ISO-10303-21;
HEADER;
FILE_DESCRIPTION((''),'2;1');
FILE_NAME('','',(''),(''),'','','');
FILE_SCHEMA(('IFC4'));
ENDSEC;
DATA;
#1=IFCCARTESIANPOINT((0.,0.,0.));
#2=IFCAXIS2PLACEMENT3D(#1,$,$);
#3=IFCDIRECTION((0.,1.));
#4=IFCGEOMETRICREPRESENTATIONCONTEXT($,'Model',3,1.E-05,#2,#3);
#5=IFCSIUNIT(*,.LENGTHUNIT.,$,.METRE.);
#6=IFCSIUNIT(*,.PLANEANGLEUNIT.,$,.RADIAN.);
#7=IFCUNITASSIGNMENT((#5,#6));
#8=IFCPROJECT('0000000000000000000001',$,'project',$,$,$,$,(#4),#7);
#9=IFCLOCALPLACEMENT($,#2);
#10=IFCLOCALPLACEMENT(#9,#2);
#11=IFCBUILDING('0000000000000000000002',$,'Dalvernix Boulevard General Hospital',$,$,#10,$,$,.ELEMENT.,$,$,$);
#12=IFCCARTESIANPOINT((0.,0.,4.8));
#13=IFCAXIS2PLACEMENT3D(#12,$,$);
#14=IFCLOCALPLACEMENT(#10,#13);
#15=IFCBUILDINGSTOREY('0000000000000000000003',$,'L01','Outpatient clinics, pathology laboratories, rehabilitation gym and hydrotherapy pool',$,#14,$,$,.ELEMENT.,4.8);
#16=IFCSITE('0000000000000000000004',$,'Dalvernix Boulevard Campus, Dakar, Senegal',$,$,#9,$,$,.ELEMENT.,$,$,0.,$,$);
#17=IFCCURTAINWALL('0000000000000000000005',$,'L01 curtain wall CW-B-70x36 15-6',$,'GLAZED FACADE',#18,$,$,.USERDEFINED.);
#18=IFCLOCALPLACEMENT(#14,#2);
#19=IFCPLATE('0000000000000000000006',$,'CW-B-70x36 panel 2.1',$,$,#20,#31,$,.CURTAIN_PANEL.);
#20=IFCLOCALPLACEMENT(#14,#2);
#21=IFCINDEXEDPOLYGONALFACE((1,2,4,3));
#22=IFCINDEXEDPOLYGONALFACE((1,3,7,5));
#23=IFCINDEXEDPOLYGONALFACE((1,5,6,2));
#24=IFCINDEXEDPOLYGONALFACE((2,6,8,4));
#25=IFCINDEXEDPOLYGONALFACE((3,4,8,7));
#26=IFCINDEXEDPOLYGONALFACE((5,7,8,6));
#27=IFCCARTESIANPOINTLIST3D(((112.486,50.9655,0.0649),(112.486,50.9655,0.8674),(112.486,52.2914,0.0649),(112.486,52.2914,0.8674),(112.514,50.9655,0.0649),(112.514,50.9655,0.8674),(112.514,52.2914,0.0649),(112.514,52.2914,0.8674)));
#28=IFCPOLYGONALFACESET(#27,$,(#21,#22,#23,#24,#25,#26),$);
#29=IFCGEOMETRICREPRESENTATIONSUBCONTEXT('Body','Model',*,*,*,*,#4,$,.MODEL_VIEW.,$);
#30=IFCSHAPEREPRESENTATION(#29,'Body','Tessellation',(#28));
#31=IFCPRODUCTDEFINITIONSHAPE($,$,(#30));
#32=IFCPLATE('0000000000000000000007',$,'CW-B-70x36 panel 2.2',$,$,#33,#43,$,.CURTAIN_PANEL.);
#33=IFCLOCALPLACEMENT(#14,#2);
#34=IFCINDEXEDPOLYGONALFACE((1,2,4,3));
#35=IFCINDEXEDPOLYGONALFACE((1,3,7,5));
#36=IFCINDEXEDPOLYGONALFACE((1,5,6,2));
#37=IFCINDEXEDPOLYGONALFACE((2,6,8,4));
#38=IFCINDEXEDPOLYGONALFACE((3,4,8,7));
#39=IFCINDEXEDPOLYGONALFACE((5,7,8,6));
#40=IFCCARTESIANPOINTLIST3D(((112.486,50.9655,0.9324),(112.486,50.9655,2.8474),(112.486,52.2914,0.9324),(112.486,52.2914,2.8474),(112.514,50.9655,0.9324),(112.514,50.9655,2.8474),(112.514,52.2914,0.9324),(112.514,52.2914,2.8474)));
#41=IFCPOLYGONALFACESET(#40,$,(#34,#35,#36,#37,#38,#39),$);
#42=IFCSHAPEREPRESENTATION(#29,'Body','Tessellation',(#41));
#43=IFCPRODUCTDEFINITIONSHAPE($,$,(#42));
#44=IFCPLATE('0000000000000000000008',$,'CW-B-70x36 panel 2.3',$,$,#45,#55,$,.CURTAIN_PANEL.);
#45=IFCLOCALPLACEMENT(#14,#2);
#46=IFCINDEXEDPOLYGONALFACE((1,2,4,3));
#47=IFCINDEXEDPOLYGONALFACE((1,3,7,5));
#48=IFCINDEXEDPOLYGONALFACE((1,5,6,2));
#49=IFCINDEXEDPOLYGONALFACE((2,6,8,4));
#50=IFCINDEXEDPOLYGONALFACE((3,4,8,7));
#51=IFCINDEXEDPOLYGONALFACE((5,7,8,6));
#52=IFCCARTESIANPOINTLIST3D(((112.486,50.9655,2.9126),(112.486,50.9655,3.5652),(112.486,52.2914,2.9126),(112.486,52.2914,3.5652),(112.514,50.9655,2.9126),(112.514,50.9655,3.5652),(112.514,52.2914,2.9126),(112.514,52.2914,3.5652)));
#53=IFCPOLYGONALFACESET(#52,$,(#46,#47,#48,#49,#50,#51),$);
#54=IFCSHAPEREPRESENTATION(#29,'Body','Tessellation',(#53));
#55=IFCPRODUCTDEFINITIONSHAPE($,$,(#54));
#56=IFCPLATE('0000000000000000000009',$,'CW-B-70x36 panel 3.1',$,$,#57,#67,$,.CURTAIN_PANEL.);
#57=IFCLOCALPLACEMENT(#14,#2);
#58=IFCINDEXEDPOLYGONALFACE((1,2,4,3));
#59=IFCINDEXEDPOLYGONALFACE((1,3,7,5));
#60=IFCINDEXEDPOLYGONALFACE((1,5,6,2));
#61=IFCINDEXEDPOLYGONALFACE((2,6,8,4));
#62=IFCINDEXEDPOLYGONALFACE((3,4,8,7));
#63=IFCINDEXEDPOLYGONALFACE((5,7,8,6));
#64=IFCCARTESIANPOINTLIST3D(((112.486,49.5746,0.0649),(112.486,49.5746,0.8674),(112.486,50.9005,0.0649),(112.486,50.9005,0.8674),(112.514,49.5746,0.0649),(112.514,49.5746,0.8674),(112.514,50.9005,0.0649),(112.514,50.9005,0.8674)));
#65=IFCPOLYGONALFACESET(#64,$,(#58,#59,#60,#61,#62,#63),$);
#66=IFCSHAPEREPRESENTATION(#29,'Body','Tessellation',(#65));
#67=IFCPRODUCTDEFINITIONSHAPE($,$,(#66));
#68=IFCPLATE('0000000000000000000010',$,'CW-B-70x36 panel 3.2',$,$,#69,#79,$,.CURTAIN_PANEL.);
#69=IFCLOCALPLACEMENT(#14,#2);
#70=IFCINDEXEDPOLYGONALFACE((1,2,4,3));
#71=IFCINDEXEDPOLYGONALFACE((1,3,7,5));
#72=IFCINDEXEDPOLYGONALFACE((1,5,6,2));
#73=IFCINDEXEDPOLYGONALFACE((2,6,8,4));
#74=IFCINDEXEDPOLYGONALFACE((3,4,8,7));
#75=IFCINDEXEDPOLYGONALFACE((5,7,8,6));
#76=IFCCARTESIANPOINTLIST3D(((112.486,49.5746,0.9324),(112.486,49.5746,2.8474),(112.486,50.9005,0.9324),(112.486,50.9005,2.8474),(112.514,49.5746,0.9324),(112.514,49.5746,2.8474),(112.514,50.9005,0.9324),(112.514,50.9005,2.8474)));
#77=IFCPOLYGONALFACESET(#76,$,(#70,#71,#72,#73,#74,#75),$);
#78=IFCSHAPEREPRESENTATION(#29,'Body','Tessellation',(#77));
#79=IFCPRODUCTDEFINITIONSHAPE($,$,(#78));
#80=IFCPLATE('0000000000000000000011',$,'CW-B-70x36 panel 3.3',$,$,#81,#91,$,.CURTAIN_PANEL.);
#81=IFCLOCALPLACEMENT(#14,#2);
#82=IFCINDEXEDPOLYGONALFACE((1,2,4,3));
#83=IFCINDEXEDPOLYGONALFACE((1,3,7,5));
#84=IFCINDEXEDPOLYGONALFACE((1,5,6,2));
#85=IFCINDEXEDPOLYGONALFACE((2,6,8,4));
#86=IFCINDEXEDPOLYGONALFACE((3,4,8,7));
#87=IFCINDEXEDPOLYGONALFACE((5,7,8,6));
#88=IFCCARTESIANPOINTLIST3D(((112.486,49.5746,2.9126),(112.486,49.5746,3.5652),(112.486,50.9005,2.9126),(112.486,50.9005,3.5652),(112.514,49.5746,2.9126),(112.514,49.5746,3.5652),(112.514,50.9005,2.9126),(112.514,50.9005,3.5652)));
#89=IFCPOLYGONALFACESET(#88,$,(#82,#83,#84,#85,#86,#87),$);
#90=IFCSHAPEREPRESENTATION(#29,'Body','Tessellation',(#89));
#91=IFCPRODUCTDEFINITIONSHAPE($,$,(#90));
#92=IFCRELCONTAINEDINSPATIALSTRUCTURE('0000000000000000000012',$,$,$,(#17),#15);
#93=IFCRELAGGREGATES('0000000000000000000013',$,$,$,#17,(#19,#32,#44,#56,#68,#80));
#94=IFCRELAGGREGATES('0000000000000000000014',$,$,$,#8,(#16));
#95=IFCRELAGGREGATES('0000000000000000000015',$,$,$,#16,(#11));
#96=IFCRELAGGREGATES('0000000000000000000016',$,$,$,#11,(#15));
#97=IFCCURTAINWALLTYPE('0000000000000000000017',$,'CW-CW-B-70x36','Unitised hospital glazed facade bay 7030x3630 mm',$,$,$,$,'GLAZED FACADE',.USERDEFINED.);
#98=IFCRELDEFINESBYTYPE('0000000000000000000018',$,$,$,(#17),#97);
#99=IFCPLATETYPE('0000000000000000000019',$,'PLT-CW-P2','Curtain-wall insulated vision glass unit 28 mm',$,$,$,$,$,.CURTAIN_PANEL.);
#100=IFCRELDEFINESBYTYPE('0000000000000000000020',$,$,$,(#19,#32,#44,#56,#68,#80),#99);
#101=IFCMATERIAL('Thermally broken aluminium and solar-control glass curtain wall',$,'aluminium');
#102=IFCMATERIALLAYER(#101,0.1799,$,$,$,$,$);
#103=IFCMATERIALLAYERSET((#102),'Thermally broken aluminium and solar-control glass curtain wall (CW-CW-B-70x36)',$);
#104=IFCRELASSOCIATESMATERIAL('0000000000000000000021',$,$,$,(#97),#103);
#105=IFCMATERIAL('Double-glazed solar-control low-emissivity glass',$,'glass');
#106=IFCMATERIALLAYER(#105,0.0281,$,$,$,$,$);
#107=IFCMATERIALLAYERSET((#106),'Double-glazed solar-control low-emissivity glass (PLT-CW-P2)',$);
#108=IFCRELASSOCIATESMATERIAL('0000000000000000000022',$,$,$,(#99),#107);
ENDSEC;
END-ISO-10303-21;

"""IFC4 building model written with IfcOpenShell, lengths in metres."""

from ifc_helpers import new_model, si_unit, direction, frame, origin, origin_2d, place, context, subcontext, project, spatial, rectangle, extrude, material, layer, layer_set, type_object, element, aggregate, save


model = new_model("IFC4")

# Units and contexts
model_context = context("Model", 3, precision=1e-05, world=origin(), true_north=direction((0.0, 1.0)))
body_context = subcontext(model_context, "Body", "Model", "MODEL_VIEW")
ifc_project = project(units=[si_unit("LENGTHUNIT", "METRE"), si_unit("PLANEANGLEUNIT", "RADIAN")], contexts=[model_context])

# Site, building, storey
site_placement = place(None, origin())
site = spatial("IfcSite", under=ifc_project, at=site_placement, Name="Dalvernix Boulevard Campus, Dakar, Senegal", CompositionType="ELEMENT", RefElevation=0.0)
building_placement = place(site_placement, origin())
building = spatial("IfcBuilding", under=site, at=building_placement, Name="Dalvernix Boulevard General Hospital", CompositionType="ELEMENT")
storey_placement = place(building_placement, frame((0.0, 0.0, 4.8)))
storey = spatial("IfcBuildingStorey", under=building, at=storey_placement, Name="L01", Description="Outpatient clinics, pathology laboratories, rehabilitation gym and hydrotherapy pool", CompositionType="ELEMENT", Elevation=4.8)

# Curtain wall, plates
ifc_material_1 = material(Name="Thermally broken aluminium and solar-control glass curtain wall", Category="aluminium")
ifc_layer_1 = layer(ifc_material_1, 0.1799)
ifc_layer_set_1 = layer_set([ifc_layer_1], Name="Thermally broken aluminium and solar-control glass curtain wall (CW-CW-B-70x36)")
curtain_wall_type = type_object("IfcCurtainWallType", Name="CW-CW-B-70x36", Description="Unitised hospital glazed facade bay 7030x3630 mm", ElementType="GLAZED FACADE", PredefinedType="USERDEFINED", material=ifc_layer_set_1)
curtain_wall_placement = place(storey_placement, origin())
curtain_wall = element("IfcCurtainWall", 1, at=curtain_wall_placement, inside=storey, type_object=curtain_wall_type, Name="L01 curtain wall CW-B-70x36 15-6", ObjectType="GLAZED FACADE", PredefinedType="USERDEFINED")
ifc_material_2 = material(Name="Double-glazed solar-control low-emissivity glass", Category="glass")
ifc_layer_2 = layer(ifc_material_2, 0.0281)
ifc_layer_set_2 = layer_set([ifc_layer_2], Name="Double-glazed solar-control low-emissivity glass (PLT-CW-P2)")
plate_type = type_object("IfcPlateType", Name="PLT-CW-P2", Description="Curtain-wall insulated vision glass unit 28 mm", PredefinedType="CURTAIN_PANEL", material=ifc_layer_set_2)
plate_1_placement = place(storey_placement, frame((112.5, 51.6284, 0.0649), z_axis=(0.0, 0.0, 1.0), x_axis=(0.0, -1.0, 0.0)))
plate_1 = element("IfcPlate", 2, at=plate_1_placement, type_object=plate_type, Name="CW-B-70x36 panel 2.1", PredefinedType="CURTAIN_PANEL", context=body_context, shape_type="SweptSolid", body=[
    extrude(rectangle(XDim=1.3259, YDim=0.0281, at=origin_2d()), origin(), (0.0, 0.0, 1.0), 0.8025),
])
plate_2_placement = place(storey_placement, frame((112.5, 51.6284, 0.9324), z_axis=(0.0, 0.0, 1.0), x_axis=(0.0, -1.0, 0.0)))
plate_2 = element("IfcPlate", 3, at=plate_2_placement, type_object=plate_type, Name="CW-B-70x36 panel 2.2", PredefinedType="CURTAIN_PANEL", context=body_context, shape_type="SweptSolid", body=[
    extrude(rectangle(XDim=1.3259, YDim=0.0281, at=origin_2d()), origin(), (0.0, 0.0, 1.0), 1.915),
])
plate_3_placement = place(storey_placement, frame((112.5, 51.6284, 2.9126), z_axis=(0.0, 0.0, 1.0), x_axis=(0.0, -1.0, 0.0)))
plate_3 = element("IfcPlate", 4, at=plate_3_placement, type_object=plate_type, Name="CW-B-70x36 panel 2.3", PredefinedType="CURTAIN_PANEL", context=body_context, shape_type="SweptSolid", body=[
    extrude(rectangle(XDim=1.3259, YDim=0.0281, at=origin_2d()), origin(), (0.0, 0.0, 1.0), 0.6526),
])
plate_4_placement = place(storey_placement, frame((112.5, 50.2375, 0.0649), z_axis=(0.0, 0.0, 1.0), x_axis=(0.0, -1.0, 0.0)))
plate_4 = element("IfcPlate", 5, at=plate_4_placement, type_object=plate_type, Name="CW-B-70x36 panel 3.1", PredefinedType="CURTAIN_PANEL", context=body_context, shape_type="SweptSolid", body=[
    extrude(rectangle(XDim=1.3259, YDim=0.0281, at=origin_2d()), origin(), (0.0, 0.0, 1.0), 0.8025),
])
plate_5_placement = place(storey_placement, frame((112.5, 50.2375, 0.9324), z_axis=(0.0, 0.0, 1.0), x_axis=(0.0, -1.0, 0.0)))
plate_5 = element("IfcPlate", 6, at=plate_5_placement, type_object=plate_type, Name="CW-B-70x36 panel 3.2", PredefinedType="CURTAIN_PANEL", context=body_context, shape_type="SweptSolid", body=[
    extrude(rectangle(XDim=1.3259, YDim=0.0281, at=origin_2d()), origin(), (0.0, 0.0, 1.0), 1.915),
])
plate_6_placement = place(storey_placement, frame((112.5, 50.2375, 2.9126), z_axis=(0.0, 0.0, 1.0), x_axis=(0.0, -1.0, 0.0)))
plate_6 = element("IfcPlate", 7, at=plate_6_placement, type_object=plate_type, Name="CW-B-70x36 panel 3.3", PredefinedType="CURTAIN_PANEL", context=body_context, shape_type="SweptSolid", body=[
    extrude(rectangle(XDim=1.3259, YDim=0.0281, at=origin_2d()), origin(), (0.0, 0.0, 1.0), 0.6526),
])
aggregate(curtain_wall, [plate_1, plate_2, plate_3, plate_4, plate_5, plate_6])

save(model, "model.ifc")
